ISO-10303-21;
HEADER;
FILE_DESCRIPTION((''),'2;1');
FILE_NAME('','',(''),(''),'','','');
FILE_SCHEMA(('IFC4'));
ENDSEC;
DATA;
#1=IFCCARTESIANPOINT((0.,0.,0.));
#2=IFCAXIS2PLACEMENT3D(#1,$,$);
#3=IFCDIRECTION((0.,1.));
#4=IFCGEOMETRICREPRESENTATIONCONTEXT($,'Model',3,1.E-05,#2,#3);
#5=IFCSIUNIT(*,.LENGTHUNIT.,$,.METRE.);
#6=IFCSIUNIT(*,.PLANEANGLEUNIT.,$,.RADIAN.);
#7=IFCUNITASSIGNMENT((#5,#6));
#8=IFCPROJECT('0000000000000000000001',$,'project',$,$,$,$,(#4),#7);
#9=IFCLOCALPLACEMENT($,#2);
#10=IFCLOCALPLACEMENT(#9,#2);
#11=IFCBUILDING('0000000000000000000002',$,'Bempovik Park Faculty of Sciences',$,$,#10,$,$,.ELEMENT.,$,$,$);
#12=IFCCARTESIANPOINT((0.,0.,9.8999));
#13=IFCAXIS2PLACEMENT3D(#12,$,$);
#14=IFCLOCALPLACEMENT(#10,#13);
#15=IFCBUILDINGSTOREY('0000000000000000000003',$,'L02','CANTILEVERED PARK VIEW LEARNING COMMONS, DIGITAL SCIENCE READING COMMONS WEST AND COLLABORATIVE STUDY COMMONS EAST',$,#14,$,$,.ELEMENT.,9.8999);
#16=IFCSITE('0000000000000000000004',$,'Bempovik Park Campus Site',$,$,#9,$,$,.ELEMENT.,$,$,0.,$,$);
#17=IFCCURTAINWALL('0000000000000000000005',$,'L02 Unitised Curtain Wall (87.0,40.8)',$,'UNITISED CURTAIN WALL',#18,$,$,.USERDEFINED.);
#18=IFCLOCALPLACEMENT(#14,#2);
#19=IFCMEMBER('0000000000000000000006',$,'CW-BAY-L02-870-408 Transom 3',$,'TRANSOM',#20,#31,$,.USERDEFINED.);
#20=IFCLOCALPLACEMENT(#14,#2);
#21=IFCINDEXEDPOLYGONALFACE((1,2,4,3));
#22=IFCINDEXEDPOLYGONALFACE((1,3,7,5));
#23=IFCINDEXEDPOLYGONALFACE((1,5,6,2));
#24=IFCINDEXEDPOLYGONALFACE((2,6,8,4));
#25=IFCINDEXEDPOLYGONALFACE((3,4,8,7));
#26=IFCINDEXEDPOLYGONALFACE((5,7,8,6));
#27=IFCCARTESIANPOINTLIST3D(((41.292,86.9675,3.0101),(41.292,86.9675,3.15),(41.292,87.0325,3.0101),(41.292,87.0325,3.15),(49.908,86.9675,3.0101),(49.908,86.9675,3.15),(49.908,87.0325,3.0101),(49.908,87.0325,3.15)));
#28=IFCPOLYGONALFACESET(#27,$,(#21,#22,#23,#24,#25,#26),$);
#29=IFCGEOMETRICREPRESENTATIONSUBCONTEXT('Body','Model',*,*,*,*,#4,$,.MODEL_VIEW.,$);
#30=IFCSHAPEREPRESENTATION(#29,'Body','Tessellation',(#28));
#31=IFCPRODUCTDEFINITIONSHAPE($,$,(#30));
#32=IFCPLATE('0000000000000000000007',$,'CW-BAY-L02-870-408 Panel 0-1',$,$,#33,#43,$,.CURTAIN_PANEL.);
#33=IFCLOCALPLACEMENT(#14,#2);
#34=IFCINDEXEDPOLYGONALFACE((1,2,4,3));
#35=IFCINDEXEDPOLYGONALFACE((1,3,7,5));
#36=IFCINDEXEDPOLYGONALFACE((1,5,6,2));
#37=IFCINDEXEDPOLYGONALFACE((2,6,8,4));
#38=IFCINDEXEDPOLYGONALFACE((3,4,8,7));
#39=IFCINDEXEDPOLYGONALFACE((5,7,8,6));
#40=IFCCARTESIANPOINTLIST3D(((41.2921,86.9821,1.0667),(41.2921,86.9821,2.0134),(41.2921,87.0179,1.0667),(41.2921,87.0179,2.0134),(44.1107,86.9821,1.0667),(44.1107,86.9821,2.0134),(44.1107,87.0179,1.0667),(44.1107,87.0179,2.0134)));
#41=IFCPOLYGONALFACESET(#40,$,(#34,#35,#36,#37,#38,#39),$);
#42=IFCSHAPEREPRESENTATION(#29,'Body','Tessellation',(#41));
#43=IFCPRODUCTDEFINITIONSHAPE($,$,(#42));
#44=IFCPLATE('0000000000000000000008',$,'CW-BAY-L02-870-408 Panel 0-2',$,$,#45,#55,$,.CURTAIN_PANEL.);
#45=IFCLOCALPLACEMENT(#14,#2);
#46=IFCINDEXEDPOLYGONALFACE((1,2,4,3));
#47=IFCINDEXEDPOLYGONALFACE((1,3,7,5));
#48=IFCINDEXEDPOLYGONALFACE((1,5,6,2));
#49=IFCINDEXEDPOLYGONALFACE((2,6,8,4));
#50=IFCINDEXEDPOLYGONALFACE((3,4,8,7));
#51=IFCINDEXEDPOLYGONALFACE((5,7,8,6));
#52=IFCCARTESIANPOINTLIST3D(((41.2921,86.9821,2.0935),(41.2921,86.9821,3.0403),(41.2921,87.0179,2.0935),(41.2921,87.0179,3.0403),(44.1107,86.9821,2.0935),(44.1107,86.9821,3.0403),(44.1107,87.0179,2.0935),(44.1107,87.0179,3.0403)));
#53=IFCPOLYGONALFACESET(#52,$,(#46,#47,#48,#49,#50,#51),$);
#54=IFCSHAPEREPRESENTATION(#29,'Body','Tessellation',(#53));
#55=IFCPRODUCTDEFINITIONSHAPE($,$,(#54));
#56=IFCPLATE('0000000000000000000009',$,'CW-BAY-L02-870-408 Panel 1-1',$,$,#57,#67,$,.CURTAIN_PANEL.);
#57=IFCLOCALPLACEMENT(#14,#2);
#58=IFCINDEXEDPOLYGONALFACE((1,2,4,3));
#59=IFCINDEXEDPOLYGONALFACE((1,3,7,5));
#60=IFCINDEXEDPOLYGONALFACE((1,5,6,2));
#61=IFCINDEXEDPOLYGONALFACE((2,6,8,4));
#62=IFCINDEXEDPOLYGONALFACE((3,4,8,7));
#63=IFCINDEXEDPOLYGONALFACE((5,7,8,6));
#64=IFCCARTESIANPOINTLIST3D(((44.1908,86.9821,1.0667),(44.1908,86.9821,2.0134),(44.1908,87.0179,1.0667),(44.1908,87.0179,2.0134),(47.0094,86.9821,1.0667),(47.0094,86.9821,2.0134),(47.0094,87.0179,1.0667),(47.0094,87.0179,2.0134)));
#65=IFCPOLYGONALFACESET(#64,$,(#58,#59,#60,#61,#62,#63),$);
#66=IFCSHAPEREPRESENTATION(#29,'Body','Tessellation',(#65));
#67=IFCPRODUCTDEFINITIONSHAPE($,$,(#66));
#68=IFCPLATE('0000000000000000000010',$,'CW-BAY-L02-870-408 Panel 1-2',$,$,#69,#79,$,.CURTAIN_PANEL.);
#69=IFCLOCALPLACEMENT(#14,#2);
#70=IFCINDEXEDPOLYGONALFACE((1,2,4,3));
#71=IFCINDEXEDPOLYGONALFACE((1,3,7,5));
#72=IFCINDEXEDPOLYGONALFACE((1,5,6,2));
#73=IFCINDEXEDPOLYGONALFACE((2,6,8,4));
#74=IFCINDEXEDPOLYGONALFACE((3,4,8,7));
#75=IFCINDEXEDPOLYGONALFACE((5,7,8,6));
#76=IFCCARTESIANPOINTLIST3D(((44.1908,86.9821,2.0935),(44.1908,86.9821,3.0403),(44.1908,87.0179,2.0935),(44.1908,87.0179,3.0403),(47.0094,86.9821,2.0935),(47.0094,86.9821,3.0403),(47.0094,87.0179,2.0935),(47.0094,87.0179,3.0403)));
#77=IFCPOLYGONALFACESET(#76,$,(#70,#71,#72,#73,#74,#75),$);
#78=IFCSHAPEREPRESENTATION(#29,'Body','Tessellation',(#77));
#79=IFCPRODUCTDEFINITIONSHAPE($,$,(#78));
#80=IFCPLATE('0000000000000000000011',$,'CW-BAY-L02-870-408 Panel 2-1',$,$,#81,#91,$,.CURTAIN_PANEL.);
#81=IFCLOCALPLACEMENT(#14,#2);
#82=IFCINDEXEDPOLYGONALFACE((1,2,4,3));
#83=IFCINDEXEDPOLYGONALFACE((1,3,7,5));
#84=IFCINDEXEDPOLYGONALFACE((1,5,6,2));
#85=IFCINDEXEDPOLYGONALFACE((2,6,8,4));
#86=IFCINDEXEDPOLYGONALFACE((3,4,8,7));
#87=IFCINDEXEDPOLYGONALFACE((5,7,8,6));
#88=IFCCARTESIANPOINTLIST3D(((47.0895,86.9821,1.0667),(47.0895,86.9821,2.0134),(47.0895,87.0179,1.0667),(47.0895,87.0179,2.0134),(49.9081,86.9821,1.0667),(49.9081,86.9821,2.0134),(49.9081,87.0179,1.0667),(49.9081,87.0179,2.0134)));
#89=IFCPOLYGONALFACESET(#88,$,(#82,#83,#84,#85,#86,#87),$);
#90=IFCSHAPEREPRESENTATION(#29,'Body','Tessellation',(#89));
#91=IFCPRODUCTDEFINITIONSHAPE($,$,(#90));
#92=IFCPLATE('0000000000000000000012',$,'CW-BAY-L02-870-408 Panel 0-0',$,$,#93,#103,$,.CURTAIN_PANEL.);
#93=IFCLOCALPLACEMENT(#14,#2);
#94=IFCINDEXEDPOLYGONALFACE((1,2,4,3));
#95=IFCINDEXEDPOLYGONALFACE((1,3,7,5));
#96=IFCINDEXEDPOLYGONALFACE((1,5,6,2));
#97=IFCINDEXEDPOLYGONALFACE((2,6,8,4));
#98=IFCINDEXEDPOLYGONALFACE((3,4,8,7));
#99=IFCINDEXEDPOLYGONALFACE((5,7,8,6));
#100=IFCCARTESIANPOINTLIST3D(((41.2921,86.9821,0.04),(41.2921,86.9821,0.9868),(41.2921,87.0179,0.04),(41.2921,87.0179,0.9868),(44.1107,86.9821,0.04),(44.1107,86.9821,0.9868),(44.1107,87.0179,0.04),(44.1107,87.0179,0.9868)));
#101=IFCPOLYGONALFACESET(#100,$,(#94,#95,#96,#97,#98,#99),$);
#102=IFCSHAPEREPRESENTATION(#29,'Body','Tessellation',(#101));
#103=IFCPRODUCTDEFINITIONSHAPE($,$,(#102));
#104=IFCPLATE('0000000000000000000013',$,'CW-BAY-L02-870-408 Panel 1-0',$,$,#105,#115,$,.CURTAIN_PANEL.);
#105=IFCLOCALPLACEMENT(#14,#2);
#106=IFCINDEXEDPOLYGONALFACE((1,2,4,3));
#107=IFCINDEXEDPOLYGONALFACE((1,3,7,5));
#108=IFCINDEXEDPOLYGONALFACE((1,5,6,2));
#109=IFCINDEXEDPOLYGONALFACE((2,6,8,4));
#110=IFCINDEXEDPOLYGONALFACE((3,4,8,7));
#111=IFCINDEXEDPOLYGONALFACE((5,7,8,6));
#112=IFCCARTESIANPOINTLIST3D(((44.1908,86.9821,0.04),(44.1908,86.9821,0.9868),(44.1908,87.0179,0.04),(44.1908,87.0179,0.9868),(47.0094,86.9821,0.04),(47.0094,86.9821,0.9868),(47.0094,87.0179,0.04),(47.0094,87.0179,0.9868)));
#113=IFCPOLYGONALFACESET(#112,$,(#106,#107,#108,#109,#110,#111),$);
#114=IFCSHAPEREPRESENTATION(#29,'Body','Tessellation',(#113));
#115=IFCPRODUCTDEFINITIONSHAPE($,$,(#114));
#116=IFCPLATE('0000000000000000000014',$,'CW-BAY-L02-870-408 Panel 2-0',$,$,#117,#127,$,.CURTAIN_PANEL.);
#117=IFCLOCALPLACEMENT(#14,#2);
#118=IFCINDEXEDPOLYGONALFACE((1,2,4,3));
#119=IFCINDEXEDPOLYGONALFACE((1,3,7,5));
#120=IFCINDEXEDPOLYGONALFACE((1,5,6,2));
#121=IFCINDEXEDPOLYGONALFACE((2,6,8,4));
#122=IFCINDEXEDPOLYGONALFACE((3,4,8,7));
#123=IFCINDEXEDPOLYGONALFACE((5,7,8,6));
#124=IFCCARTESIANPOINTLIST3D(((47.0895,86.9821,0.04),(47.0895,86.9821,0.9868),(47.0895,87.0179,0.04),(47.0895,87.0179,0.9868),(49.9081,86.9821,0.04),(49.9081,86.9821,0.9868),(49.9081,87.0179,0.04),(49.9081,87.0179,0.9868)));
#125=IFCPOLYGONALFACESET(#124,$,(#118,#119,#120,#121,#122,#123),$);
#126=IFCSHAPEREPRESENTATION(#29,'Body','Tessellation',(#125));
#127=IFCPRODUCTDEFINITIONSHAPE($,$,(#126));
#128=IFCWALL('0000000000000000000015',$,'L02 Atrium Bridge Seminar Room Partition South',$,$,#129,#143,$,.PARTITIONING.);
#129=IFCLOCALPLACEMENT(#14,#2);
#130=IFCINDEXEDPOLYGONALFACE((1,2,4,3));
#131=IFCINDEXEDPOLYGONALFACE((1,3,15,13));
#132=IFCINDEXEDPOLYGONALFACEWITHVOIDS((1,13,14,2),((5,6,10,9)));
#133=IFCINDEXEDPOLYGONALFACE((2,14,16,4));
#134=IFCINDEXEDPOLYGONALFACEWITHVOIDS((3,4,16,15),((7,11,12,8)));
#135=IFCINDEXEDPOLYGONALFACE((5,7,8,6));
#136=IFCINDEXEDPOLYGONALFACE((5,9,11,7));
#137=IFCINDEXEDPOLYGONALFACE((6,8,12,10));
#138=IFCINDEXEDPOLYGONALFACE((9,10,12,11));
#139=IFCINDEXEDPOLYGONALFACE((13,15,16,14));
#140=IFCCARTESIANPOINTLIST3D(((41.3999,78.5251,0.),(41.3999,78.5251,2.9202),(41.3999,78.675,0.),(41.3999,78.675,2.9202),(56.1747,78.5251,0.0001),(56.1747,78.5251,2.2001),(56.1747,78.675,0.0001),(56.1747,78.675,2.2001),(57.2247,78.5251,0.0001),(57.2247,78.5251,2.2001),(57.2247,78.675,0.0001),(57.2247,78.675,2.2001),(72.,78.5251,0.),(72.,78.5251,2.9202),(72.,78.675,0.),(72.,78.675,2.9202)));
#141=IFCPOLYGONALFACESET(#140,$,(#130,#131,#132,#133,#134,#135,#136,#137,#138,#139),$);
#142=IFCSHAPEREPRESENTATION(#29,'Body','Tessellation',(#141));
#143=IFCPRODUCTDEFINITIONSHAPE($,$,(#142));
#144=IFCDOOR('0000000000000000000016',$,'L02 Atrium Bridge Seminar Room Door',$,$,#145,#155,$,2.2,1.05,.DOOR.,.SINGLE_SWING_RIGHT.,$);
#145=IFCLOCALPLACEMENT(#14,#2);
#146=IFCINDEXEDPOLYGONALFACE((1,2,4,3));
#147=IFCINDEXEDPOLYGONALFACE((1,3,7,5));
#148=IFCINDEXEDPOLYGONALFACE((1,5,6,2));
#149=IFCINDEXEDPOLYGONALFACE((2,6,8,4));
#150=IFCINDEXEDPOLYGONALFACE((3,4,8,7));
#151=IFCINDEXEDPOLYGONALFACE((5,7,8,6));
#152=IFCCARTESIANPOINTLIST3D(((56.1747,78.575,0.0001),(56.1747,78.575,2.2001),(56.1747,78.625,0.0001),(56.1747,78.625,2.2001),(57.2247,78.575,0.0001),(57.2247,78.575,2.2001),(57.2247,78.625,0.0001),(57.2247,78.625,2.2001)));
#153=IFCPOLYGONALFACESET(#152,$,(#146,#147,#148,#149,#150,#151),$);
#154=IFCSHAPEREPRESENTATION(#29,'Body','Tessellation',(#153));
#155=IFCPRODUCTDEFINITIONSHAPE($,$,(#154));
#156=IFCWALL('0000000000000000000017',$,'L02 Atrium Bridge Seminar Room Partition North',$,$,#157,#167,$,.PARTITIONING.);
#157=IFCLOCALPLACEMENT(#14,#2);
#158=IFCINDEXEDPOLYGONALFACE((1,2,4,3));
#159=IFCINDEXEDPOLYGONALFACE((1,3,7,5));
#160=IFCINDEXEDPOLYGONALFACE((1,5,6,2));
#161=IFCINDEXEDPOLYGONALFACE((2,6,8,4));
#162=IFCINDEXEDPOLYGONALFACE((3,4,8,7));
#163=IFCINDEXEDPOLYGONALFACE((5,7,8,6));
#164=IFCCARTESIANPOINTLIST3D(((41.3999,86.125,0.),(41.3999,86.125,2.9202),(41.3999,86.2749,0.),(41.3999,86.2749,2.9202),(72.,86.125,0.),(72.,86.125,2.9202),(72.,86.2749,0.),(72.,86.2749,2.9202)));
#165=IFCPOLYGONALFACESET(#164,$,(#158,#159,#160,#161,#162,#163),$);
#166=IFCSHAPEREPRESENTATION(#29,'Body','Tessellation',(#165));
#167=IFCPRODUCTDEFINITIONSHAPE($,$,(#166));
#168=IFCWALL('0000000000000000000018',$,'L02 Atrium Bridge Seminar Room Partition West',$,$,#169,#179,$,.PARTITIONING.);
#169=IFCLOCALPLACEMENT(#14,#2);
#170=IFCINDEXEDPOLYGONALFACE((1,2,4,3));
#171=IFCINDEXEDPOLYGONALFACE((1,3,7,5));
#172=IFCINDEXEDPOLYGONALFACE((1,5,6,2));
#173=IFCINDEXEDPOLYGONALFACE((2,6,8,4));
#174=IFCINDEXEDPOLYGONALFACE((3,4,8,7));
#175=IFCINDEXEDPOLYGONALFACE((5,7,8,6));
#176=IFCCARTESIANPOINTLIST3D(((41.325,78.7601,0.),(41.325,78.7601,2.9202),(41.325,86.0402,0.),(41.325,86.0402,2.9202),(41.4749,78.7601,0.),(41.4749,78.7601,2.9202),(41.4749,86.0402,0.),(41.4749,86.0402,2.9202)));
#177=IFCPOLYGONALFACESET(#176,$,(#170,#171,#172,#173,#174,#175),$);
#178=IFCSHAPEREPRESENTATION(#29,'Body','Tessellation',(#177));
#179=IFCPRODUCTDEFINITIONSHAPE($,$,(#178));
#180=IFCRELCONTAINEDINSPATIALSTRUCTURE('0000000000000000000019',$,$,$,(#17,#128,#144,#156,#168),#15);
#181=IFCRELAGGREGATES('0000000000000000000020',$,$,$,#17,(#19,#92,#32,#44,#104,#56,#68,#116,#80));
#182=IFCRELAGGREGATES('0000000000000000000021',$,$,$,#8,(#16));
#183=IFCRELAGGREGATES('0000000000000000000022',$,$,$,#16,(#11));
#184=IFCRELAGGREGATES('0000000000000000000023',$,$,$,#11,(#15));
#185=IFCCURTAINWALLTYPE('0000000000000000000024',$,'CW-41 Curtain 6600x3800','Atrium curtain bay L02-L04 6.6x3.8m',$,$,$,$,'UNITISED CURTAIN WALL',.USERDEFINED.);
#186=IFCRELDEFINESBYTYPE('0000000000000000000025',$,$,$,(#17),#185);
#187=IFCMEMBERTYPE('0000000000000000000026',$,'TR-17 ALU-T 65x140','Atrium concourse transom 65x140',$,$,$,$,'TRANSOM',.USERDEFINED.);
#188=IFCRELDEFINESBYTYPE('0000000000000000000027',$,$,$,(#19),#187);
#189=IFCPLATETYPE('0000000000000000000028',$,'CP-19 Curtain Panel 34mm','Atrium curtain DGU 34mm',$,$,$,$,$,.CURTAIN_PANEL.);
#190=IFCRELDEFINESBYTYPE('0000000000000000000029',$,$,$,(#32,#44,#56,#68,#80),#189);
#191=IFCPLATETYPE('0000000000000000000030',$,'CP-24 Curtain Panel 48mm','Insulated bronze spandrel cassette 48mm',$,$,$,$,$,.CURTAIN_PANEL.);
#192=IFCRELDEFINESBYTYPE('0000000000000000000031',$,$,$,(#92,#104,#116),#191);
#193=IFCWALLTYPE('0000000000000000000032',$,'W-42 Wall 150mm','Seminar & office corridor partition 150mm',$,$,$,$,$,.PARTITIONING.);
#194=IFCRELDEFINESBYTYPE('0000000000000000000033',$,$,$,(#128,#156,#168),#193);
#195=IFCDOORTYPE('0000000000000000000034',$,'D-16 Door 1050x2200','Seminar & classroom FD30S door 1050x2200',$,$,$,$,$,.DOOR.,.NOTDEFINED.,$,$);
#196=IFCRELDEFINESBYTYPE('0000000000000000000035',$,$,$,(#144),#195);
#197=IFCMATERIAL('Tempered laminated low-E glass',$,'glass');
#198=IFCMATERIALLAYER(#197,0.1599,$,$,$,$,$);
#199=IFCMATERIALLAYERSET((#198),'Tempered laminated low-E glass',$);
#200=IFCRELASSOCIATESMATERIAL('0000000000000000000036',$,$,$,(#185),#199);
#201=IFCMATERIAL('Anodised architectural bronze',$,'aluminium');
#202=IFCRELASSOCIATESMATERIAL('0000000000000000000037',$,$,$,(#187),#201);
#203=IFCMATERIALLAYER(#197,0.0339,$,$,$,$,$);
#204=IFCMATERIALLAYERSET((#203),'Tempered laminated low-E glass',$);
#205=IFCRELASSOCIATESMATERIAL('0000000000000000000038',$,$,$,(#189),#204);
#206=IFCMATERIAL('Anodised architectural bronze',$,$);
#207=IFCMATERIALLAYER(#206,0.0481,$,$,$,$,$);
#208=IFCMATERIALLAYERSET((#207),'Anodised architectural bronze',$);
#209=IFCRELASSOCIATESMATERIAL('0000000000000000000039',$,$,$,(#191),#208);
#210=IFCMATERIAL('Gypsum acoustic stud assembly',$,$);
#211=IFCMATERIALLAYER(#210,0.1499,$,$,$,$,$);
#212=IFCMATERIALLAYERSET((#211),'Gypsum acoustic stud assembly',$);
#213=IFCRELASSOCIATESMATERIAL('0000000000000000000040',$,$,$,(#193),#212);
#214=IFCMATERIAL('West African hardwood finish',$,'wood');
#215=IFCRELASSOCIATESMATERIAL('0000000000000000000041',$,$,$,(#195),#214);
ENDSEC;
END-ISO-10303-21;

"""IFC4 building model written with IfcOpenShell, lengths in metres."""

from ifc_helpers import new_model, si_unit, direction, frame, frame_2d, origin, origin_2d, place, context, subcontext, project, spatial, rectangle, extrude, material, layer, layer_set, material_profile, profile_set, type_object, element, fill, aggregate, save


model = new_model("IFC4")

# Units and contexts
model_context = context("Model", 3, precision=1e-05, world=origin(), true_north=direction((0.0, 1.0)))
body_context = subcontext(model_context, "Body", "Model", "MODEL_VIEW")
ifc_project = project(units=[si_unit("LENGTHUNIT", "METRE"), si_unit("PLANEANGLEUNIT", "RADIAN")], contexts=[model_context])

# Site, building, storey
site_placement = place(None, origin())
site = spatial("IfcSite", under=ifc_project, at=site_placement, Name="Bempovik Park Campus Site", CompositionType="ELEMENT", RefElevation=0.0)
building_placement = place(site_placement, origin())
building = spatial("IfcBuilding", under=site, at=building_placement, Name="Bempovik Park Faculty of Sciences", CompositionType="ELEMENT")
storey_placement = place(building_placement, frame((0.0, 0.0, 9.8999)))
storey = spatial("IfcBuildingStorey", under=building, at=storey_placement, Name="L02", Description="CANTILEVERED PARK VIEW LEARNING COMMONS, DIGITAL SCIENCE READING COMMONS WEST AND COLLABORATIVE STUDY COMMONS EAST", CompositionType="ELEMENT", Elevation=9.8999)

# Curtain wall, member, plates
ifc_material_1 = material(Name="Tempered laminated low-E glass", Category="glass")
ifc_layer_1 = layer(ifc_material_1, 0.1599)
ifc_layer_set_1 = layer_set([ifc_layer_1], Name="Tempered laminated low-E glass")
curtain_wall_type = type_object("IfcCurtainWallType", Name="CW-41 Curtain 6600x3800", Description="Atrium curtain bay L02-L04 6.6x3.8m", ElementType="UNITISED CURTAIN WALL", PredefinedType="USERDEFINED", material=ifc_layer_set_1)
curtain_wall_placement = place(storey_placement, origin())
curtain_wall = element("IfcCurtainWall", 1, at=curtain_wall_placement, inside=storey, type_object=curtain_wall_type, Name="L02 Unitised Curtain Wall (87.0,40.8)", ObjectType="UNITISED CURTAIN WALL", PredefinedType="USERDEFINED")
ifc_material_2 = material(Name="Anodised architectural bronze", Category="aluminium")
ifc_material_profile_1 = material_profile(ifc_material_2, rectangle(XDim=0.0649, YDim=0.1399, at=origin_2d()), Name="ALU-T 65x140")
ifc_profile_set_1 = profile_set([ifc_material_profile_1], Name="Anodised architectural bronze")
member_type_1 = type_object("IfcMemberType", Name="TR-17 ALU-T 65x140", Description="Atrium concourse transom 65x140", ElementType="TRANSOM", PredefinedType="USERDEFINED", material=ifc_profile_set_1)
member_1_placement = place(storey_placement, frame((41.292, 87.0, 3.0801), z_axis=(1.0, 0.0, 0.0), x_axis=(0.0, 1.0, 0.0)))
member_1 = element("IfcMember", 2, at=member_1_placement, type_object=member_type_1, Name="CW-BAY-L02-870-408 Transom 3", ObjectType="TRANSOM", PredefinedType="USERDEFINED", context=body_context, shape_type="SweptSolid", body=[
    extrude(rectangle(XDim=0.0649, YDim=0.1399, at=origin_2d()), origin(), (0.0, 0.0, 1.0), 8.616),
])
ifc_layer_2 = layer(ifc_material_1, 0.0339)
ifc_layer_set_2 = layer_set([ifc_layer_2], Name="Tempered laminated low-E glass")
plate_type_1 = type_object("IfcPlateType", Name="CP-19 Curtain Panel 34mm", Description="Atrium curtain DGU 34mm", PredefinedType="CURTAIN_PANEL", material=ifc_layer_set_2)
plate_1_placement = place(storey_placement, frame((42.7014, 87.0, 1.0667), z_axis=(0.0, 0.0, 1.0), x_axis=(1.0, 0.0, 0.0)))
plate_1 = element("IfcPlate", 3, at=plate_1_placement, type_object=plate_type_1, Name="CW-BAY-L02-870-408 Panel 0-1", PredefinedType="CURTAIN_PANEL", context=body_context, shape_type="SweptSolid", body=[
    extrude(rectangle(XDim=2.8186, YDim=0.0359, at=origin_2d()), origin(), (0.0, 0.0, 1.0), 0.9468),
])
plate_2_placement = place(storey_placement, frame((42.7014, 87.0, 2.0935), z_axis=(0.0, 0.0, 1.0), x_axis=(1.0, 0.0, 0.0)))
plate_2 = element("IfcPlate", 4, at=plate_2_placement, type_object=plate_type_1, Name="CW-BAY-L02-870-408 Panel 0-2", PredefinedType="CURTAIN_PANEL", context=body_context, shape_type="SweptSolid", body=[
    extrude(rectangle(XDim=2.8186, YDim=0.0359, at=origin_2d()), origin(), (0.0, 0.0, 1.0), 0.9468),
])
plate_3_placement = place(storey_placement, frame((45.6001, 87.0, 1.0667), z_axis=(0.0, 0.0, 1.0), x_axis=(1.0, 0.0, 0.0)))
plate_3 = element("IfcPlate", 5, at=plate_3_placement, type_object=plate_type_1, Name="CW-BAY-L02-870-408 Panel 1-1", PredefinedType="CURTAIN_PANEL", context=body_context, shape_type="SweptSolid", body=[
    extrude(rectangle(XDim=2.8186, YDim=0.0359, at=origin_2d()), origin(), (0.0, 0.0, 1.0), 0.9468),
])
plate_4_placement = place(storey_placement, frame((45.6001, 87.0, 2.0935), z_axis=(0.0, 0.0, 1.0), x_axis=(1.0, 0.0, 0.0)))
plate_4 = element("IfcPlate", 6, at=plate_4_placement, type_object=plate_type_1, Name="CW-BAY-L02-870-408 Panel 1-2", PredefinedType="CURTAIN_PANEL", context=body_context, shape_type="SweptSolid", body=[
    extrude(rectangle(XDim=2.8186, YDim=0.0359, at=origin_2d()), origin(), (0.0, 0.0, 1.0), 0.9468),
])
plate_5_placement = place(storey_placement, frame((48.4988, 87.0, 1.0667), z_axis=(0.0, 0.0, 1.0), x_axis=(1.0, 0.0, 0.0)))
plate_5 = element("IfcPlate", 7, at=plate_5_placement, type_object=plate_type_1, Name="CW-BAY-L02-870-408 Panel 2-1", PredefinedType="CURTAIN_PANEL", context=body_context, shape_type="SweptSolid", body=[
    extrude(rectangle(XDim=2.8186, YDim=0.0359, at=origin_2d()), origin(), (0.0, 0.0, 1.0), 0.9468),
])
ifc_material_3 = material(Name="Anodised architectural bronze")
ifc_layer_3 = layer(ifc_material_3, 0.0481)
ifc_layer_set_3 = layer_set([ifc_layer_3], Name="Anodised architectural bronze")
plate_type_2 = type_object("IfcPlateType", Name="CP-24 Curtain Panel 48mm", Description="Insulated bronze spandrel cassette 48mm", PredefinedType="CURTAIN_PANEL", material=ifc_layer_set_3)
plate_6_placement = place(storey_placement, frame((42.7014, 87.0, 0.04), z_axis=(0.0, 0.0, 1.0), x_axis=(1.0, 0.0, 0.0)))
plate_6 = element("IfcPlate", 8, at=plate_6_placement, type_object=plate_type_2, Name="CW-BAY-L02-870-408 Panel 0-0", PredefinedType="CURTAIN_PANEL", context=body_context, shape_type="SweptSolid", body=[
    extrude(rectangle(XDim=2.8186, YDim=0.0359, at=origin_2d()), origin(), (0.0, 0.0, 1.0), 0.9468),
])
plate_7_placement = place(storey_placement, frame((45.6001, 87.0, 0.04), z_axis=(0.0, 0.0, 1.0), x_axis=(1.0, 0.0, 0.0)))
plate_7 = element("IfcPlate", 9, at=plate_7_placement, type_object=plate_type_2, Name="CW-BAY-L02-870-408 Panel 1-0", PredefinedType="CURTAIN_PANEL", context=body_context, shape_type="SweptSolid", body=[
    extrude(rectangle(XDim=2.8186, YDim=0.0359, at=origin_2d()), origin(), (0.0, 0.0, 1.0), 0.9468),
])
plate_8_placement = place(storey_placement, frame((48.4988, 87.0, 0.04), z_axis=(0.0, 0.0, 1.0), x_axis=(1.0, 0.0, 0.0)))
plate_8 = element("IfcPlate", 10, at=plate_8_placement, type_object=plate_type_2, Name="CW-BAY-L02-870-408 Panel 2-0", PredefinedType="CURTAIN_PANEL", context=body_context, shape_type="SweptSolid", body=[
    extrude(rectangle(XDim=2.8186, YDim=0.0359, at=origin_2d()), origin(), (0.0, 0.0, 1.0), 0.9468),
])
aggregate(curtain_wall, [member_1, plate_6, plate_1, plate_2, plate_7, plate_3, plate_4, plate_8, plate_5])

# Wall, opening, door
ifc_material_4 = material(Name="Gypsum acoustic stud assembly")
ifc_layer_4 = layer(ifc_material_4, 0.1499)
ifc_layer_set_4 = layer_set([ifc_layer_4], Name="Gypsum acoustic stud assembly")
wall_type = type_object("IfcWallType", Name="W-42 Wall 150mm", Description="Seminar & office corridor partition 150mm", PredefinedType="PARTITIONING", material=ifc_layer_set_4)
wall_1_placement = place(storey_placement, frame((41.3999, 78.6001, 0.0), z_axis=(0.0, 0.0, 1.0), x_axis=(1.0, 0.0, 0.0)))
wall_1 = element("IfcWall", 11, at=wall_1_placement, inside=storey, type_object=wall_type, Name="L02 Atrium Bridge Seminar Room Partition South", PredefinedType="PARTITIONING", context=body_context, shape_type="SweptSolid", body=[
    extrude(rectangle(XDim=30.6001, YDim=0.1499, at=frame_2d((15.3, 0.0))), origin(), (0.0, 0.0, 1.0), 2.9202),
])
opening_placement = place(wall_1_placement, frame((14.7749, 0.0, 0.0)))
opening = element("IfcOpeningElement", 12, at=opening_placement, cuts=wall_1, PredefinedType="OPENING", context=body_context, shape_type="SweptSolid", body=[
    extrude(rectangle(XDim=1.05, YDim=2.2, at=frame_2d((0.5249, 1.1001))), frame((0.0, 0.085, 0.0), z_axis=(0.0, -1.0, 0.0), x_axis=(1.0, 0.0, 0.0)), (0.0, 0.0, 1.0), 0.1699),
])
ifc_material_5 = material(Name="West African hardwood finish", Category="wood")
door_type = type_object("IfcDoorType", Name="D-16 Door 1050x2200", Description="Seminar & classroom FD30S door 1050x2200", OperationType="NOTDEFINED", PredefinedType="DOOR", material=ifc_material_5)
door_placement = place(opening_placement, origin())
door = element("IfcDoor", 13, at=door_placement, inside=storey, type_object=door_type, Name="L02 Atrium Bridge Seminar Room Door", OperationType="SINGLE_SWING_RIGHT", OverallHeight=2.2, OverallWidth=1.05, PredefinedType="DOOR", context=body_context, shape_type="SweptSolid", body=[
    extrude(rectangle(XDim=1.05, YDim=2.2, at=frame_2d((0.5249, 1.1001))), frame((0.0, 0.0249, 0.0), z_axis=(0.0, -1.0, 0.0), x_axis=(1.0, 0.0, 0.0)), (0.0, 0.0, 1.0), 0.05),
])
fill(opening, door)

# Walls
wall_2_placement = place(storey_placement, frame((41.3999, 86.2, 0.0), z_axis=(0.0, 0.0, 1.0), x_axis=(1.0, 0.0, 0.0)))
element("IfcWall", 14, at=wall_2_placement, inside=storey, type_object=wall_type, Name="L02 Atrium Bridge Seminar Room Partition North", PredefinedType="PARTITIONING", context=body_context, shape_type="SweptSolid", body=[
    extrude(rectangle(XDim=30.6001, YDim=0.1499, at=frame_2d((15.3, 0.0))), origin(), (0.0, 0.0, 1.0), 2.9202),
])
wall_3_placement = place(storey_placement, frame((41.3999, 78.76, 0.0), z_axis=(0.0, 0.0, 1.0), x_axis=(0.0, 1.0, 0.0)))
element("IfcWall", 15, at=wall_3_placement, inside=storey, type_object=wall_type, Name="L02 Atrium Bridge Seminar Room Partition West", PredefinedType="PARTITIONING", context=body_context, shape_type="SweptSolid", body=[
    extrude(rectangle(XDim=7.28, YDim=0.1499, at=frame_2d((3.6401, 0.0))), origin(), (0.0, 0.0, 1.0), 2.9202),
])

save(model, "model.ifc")
